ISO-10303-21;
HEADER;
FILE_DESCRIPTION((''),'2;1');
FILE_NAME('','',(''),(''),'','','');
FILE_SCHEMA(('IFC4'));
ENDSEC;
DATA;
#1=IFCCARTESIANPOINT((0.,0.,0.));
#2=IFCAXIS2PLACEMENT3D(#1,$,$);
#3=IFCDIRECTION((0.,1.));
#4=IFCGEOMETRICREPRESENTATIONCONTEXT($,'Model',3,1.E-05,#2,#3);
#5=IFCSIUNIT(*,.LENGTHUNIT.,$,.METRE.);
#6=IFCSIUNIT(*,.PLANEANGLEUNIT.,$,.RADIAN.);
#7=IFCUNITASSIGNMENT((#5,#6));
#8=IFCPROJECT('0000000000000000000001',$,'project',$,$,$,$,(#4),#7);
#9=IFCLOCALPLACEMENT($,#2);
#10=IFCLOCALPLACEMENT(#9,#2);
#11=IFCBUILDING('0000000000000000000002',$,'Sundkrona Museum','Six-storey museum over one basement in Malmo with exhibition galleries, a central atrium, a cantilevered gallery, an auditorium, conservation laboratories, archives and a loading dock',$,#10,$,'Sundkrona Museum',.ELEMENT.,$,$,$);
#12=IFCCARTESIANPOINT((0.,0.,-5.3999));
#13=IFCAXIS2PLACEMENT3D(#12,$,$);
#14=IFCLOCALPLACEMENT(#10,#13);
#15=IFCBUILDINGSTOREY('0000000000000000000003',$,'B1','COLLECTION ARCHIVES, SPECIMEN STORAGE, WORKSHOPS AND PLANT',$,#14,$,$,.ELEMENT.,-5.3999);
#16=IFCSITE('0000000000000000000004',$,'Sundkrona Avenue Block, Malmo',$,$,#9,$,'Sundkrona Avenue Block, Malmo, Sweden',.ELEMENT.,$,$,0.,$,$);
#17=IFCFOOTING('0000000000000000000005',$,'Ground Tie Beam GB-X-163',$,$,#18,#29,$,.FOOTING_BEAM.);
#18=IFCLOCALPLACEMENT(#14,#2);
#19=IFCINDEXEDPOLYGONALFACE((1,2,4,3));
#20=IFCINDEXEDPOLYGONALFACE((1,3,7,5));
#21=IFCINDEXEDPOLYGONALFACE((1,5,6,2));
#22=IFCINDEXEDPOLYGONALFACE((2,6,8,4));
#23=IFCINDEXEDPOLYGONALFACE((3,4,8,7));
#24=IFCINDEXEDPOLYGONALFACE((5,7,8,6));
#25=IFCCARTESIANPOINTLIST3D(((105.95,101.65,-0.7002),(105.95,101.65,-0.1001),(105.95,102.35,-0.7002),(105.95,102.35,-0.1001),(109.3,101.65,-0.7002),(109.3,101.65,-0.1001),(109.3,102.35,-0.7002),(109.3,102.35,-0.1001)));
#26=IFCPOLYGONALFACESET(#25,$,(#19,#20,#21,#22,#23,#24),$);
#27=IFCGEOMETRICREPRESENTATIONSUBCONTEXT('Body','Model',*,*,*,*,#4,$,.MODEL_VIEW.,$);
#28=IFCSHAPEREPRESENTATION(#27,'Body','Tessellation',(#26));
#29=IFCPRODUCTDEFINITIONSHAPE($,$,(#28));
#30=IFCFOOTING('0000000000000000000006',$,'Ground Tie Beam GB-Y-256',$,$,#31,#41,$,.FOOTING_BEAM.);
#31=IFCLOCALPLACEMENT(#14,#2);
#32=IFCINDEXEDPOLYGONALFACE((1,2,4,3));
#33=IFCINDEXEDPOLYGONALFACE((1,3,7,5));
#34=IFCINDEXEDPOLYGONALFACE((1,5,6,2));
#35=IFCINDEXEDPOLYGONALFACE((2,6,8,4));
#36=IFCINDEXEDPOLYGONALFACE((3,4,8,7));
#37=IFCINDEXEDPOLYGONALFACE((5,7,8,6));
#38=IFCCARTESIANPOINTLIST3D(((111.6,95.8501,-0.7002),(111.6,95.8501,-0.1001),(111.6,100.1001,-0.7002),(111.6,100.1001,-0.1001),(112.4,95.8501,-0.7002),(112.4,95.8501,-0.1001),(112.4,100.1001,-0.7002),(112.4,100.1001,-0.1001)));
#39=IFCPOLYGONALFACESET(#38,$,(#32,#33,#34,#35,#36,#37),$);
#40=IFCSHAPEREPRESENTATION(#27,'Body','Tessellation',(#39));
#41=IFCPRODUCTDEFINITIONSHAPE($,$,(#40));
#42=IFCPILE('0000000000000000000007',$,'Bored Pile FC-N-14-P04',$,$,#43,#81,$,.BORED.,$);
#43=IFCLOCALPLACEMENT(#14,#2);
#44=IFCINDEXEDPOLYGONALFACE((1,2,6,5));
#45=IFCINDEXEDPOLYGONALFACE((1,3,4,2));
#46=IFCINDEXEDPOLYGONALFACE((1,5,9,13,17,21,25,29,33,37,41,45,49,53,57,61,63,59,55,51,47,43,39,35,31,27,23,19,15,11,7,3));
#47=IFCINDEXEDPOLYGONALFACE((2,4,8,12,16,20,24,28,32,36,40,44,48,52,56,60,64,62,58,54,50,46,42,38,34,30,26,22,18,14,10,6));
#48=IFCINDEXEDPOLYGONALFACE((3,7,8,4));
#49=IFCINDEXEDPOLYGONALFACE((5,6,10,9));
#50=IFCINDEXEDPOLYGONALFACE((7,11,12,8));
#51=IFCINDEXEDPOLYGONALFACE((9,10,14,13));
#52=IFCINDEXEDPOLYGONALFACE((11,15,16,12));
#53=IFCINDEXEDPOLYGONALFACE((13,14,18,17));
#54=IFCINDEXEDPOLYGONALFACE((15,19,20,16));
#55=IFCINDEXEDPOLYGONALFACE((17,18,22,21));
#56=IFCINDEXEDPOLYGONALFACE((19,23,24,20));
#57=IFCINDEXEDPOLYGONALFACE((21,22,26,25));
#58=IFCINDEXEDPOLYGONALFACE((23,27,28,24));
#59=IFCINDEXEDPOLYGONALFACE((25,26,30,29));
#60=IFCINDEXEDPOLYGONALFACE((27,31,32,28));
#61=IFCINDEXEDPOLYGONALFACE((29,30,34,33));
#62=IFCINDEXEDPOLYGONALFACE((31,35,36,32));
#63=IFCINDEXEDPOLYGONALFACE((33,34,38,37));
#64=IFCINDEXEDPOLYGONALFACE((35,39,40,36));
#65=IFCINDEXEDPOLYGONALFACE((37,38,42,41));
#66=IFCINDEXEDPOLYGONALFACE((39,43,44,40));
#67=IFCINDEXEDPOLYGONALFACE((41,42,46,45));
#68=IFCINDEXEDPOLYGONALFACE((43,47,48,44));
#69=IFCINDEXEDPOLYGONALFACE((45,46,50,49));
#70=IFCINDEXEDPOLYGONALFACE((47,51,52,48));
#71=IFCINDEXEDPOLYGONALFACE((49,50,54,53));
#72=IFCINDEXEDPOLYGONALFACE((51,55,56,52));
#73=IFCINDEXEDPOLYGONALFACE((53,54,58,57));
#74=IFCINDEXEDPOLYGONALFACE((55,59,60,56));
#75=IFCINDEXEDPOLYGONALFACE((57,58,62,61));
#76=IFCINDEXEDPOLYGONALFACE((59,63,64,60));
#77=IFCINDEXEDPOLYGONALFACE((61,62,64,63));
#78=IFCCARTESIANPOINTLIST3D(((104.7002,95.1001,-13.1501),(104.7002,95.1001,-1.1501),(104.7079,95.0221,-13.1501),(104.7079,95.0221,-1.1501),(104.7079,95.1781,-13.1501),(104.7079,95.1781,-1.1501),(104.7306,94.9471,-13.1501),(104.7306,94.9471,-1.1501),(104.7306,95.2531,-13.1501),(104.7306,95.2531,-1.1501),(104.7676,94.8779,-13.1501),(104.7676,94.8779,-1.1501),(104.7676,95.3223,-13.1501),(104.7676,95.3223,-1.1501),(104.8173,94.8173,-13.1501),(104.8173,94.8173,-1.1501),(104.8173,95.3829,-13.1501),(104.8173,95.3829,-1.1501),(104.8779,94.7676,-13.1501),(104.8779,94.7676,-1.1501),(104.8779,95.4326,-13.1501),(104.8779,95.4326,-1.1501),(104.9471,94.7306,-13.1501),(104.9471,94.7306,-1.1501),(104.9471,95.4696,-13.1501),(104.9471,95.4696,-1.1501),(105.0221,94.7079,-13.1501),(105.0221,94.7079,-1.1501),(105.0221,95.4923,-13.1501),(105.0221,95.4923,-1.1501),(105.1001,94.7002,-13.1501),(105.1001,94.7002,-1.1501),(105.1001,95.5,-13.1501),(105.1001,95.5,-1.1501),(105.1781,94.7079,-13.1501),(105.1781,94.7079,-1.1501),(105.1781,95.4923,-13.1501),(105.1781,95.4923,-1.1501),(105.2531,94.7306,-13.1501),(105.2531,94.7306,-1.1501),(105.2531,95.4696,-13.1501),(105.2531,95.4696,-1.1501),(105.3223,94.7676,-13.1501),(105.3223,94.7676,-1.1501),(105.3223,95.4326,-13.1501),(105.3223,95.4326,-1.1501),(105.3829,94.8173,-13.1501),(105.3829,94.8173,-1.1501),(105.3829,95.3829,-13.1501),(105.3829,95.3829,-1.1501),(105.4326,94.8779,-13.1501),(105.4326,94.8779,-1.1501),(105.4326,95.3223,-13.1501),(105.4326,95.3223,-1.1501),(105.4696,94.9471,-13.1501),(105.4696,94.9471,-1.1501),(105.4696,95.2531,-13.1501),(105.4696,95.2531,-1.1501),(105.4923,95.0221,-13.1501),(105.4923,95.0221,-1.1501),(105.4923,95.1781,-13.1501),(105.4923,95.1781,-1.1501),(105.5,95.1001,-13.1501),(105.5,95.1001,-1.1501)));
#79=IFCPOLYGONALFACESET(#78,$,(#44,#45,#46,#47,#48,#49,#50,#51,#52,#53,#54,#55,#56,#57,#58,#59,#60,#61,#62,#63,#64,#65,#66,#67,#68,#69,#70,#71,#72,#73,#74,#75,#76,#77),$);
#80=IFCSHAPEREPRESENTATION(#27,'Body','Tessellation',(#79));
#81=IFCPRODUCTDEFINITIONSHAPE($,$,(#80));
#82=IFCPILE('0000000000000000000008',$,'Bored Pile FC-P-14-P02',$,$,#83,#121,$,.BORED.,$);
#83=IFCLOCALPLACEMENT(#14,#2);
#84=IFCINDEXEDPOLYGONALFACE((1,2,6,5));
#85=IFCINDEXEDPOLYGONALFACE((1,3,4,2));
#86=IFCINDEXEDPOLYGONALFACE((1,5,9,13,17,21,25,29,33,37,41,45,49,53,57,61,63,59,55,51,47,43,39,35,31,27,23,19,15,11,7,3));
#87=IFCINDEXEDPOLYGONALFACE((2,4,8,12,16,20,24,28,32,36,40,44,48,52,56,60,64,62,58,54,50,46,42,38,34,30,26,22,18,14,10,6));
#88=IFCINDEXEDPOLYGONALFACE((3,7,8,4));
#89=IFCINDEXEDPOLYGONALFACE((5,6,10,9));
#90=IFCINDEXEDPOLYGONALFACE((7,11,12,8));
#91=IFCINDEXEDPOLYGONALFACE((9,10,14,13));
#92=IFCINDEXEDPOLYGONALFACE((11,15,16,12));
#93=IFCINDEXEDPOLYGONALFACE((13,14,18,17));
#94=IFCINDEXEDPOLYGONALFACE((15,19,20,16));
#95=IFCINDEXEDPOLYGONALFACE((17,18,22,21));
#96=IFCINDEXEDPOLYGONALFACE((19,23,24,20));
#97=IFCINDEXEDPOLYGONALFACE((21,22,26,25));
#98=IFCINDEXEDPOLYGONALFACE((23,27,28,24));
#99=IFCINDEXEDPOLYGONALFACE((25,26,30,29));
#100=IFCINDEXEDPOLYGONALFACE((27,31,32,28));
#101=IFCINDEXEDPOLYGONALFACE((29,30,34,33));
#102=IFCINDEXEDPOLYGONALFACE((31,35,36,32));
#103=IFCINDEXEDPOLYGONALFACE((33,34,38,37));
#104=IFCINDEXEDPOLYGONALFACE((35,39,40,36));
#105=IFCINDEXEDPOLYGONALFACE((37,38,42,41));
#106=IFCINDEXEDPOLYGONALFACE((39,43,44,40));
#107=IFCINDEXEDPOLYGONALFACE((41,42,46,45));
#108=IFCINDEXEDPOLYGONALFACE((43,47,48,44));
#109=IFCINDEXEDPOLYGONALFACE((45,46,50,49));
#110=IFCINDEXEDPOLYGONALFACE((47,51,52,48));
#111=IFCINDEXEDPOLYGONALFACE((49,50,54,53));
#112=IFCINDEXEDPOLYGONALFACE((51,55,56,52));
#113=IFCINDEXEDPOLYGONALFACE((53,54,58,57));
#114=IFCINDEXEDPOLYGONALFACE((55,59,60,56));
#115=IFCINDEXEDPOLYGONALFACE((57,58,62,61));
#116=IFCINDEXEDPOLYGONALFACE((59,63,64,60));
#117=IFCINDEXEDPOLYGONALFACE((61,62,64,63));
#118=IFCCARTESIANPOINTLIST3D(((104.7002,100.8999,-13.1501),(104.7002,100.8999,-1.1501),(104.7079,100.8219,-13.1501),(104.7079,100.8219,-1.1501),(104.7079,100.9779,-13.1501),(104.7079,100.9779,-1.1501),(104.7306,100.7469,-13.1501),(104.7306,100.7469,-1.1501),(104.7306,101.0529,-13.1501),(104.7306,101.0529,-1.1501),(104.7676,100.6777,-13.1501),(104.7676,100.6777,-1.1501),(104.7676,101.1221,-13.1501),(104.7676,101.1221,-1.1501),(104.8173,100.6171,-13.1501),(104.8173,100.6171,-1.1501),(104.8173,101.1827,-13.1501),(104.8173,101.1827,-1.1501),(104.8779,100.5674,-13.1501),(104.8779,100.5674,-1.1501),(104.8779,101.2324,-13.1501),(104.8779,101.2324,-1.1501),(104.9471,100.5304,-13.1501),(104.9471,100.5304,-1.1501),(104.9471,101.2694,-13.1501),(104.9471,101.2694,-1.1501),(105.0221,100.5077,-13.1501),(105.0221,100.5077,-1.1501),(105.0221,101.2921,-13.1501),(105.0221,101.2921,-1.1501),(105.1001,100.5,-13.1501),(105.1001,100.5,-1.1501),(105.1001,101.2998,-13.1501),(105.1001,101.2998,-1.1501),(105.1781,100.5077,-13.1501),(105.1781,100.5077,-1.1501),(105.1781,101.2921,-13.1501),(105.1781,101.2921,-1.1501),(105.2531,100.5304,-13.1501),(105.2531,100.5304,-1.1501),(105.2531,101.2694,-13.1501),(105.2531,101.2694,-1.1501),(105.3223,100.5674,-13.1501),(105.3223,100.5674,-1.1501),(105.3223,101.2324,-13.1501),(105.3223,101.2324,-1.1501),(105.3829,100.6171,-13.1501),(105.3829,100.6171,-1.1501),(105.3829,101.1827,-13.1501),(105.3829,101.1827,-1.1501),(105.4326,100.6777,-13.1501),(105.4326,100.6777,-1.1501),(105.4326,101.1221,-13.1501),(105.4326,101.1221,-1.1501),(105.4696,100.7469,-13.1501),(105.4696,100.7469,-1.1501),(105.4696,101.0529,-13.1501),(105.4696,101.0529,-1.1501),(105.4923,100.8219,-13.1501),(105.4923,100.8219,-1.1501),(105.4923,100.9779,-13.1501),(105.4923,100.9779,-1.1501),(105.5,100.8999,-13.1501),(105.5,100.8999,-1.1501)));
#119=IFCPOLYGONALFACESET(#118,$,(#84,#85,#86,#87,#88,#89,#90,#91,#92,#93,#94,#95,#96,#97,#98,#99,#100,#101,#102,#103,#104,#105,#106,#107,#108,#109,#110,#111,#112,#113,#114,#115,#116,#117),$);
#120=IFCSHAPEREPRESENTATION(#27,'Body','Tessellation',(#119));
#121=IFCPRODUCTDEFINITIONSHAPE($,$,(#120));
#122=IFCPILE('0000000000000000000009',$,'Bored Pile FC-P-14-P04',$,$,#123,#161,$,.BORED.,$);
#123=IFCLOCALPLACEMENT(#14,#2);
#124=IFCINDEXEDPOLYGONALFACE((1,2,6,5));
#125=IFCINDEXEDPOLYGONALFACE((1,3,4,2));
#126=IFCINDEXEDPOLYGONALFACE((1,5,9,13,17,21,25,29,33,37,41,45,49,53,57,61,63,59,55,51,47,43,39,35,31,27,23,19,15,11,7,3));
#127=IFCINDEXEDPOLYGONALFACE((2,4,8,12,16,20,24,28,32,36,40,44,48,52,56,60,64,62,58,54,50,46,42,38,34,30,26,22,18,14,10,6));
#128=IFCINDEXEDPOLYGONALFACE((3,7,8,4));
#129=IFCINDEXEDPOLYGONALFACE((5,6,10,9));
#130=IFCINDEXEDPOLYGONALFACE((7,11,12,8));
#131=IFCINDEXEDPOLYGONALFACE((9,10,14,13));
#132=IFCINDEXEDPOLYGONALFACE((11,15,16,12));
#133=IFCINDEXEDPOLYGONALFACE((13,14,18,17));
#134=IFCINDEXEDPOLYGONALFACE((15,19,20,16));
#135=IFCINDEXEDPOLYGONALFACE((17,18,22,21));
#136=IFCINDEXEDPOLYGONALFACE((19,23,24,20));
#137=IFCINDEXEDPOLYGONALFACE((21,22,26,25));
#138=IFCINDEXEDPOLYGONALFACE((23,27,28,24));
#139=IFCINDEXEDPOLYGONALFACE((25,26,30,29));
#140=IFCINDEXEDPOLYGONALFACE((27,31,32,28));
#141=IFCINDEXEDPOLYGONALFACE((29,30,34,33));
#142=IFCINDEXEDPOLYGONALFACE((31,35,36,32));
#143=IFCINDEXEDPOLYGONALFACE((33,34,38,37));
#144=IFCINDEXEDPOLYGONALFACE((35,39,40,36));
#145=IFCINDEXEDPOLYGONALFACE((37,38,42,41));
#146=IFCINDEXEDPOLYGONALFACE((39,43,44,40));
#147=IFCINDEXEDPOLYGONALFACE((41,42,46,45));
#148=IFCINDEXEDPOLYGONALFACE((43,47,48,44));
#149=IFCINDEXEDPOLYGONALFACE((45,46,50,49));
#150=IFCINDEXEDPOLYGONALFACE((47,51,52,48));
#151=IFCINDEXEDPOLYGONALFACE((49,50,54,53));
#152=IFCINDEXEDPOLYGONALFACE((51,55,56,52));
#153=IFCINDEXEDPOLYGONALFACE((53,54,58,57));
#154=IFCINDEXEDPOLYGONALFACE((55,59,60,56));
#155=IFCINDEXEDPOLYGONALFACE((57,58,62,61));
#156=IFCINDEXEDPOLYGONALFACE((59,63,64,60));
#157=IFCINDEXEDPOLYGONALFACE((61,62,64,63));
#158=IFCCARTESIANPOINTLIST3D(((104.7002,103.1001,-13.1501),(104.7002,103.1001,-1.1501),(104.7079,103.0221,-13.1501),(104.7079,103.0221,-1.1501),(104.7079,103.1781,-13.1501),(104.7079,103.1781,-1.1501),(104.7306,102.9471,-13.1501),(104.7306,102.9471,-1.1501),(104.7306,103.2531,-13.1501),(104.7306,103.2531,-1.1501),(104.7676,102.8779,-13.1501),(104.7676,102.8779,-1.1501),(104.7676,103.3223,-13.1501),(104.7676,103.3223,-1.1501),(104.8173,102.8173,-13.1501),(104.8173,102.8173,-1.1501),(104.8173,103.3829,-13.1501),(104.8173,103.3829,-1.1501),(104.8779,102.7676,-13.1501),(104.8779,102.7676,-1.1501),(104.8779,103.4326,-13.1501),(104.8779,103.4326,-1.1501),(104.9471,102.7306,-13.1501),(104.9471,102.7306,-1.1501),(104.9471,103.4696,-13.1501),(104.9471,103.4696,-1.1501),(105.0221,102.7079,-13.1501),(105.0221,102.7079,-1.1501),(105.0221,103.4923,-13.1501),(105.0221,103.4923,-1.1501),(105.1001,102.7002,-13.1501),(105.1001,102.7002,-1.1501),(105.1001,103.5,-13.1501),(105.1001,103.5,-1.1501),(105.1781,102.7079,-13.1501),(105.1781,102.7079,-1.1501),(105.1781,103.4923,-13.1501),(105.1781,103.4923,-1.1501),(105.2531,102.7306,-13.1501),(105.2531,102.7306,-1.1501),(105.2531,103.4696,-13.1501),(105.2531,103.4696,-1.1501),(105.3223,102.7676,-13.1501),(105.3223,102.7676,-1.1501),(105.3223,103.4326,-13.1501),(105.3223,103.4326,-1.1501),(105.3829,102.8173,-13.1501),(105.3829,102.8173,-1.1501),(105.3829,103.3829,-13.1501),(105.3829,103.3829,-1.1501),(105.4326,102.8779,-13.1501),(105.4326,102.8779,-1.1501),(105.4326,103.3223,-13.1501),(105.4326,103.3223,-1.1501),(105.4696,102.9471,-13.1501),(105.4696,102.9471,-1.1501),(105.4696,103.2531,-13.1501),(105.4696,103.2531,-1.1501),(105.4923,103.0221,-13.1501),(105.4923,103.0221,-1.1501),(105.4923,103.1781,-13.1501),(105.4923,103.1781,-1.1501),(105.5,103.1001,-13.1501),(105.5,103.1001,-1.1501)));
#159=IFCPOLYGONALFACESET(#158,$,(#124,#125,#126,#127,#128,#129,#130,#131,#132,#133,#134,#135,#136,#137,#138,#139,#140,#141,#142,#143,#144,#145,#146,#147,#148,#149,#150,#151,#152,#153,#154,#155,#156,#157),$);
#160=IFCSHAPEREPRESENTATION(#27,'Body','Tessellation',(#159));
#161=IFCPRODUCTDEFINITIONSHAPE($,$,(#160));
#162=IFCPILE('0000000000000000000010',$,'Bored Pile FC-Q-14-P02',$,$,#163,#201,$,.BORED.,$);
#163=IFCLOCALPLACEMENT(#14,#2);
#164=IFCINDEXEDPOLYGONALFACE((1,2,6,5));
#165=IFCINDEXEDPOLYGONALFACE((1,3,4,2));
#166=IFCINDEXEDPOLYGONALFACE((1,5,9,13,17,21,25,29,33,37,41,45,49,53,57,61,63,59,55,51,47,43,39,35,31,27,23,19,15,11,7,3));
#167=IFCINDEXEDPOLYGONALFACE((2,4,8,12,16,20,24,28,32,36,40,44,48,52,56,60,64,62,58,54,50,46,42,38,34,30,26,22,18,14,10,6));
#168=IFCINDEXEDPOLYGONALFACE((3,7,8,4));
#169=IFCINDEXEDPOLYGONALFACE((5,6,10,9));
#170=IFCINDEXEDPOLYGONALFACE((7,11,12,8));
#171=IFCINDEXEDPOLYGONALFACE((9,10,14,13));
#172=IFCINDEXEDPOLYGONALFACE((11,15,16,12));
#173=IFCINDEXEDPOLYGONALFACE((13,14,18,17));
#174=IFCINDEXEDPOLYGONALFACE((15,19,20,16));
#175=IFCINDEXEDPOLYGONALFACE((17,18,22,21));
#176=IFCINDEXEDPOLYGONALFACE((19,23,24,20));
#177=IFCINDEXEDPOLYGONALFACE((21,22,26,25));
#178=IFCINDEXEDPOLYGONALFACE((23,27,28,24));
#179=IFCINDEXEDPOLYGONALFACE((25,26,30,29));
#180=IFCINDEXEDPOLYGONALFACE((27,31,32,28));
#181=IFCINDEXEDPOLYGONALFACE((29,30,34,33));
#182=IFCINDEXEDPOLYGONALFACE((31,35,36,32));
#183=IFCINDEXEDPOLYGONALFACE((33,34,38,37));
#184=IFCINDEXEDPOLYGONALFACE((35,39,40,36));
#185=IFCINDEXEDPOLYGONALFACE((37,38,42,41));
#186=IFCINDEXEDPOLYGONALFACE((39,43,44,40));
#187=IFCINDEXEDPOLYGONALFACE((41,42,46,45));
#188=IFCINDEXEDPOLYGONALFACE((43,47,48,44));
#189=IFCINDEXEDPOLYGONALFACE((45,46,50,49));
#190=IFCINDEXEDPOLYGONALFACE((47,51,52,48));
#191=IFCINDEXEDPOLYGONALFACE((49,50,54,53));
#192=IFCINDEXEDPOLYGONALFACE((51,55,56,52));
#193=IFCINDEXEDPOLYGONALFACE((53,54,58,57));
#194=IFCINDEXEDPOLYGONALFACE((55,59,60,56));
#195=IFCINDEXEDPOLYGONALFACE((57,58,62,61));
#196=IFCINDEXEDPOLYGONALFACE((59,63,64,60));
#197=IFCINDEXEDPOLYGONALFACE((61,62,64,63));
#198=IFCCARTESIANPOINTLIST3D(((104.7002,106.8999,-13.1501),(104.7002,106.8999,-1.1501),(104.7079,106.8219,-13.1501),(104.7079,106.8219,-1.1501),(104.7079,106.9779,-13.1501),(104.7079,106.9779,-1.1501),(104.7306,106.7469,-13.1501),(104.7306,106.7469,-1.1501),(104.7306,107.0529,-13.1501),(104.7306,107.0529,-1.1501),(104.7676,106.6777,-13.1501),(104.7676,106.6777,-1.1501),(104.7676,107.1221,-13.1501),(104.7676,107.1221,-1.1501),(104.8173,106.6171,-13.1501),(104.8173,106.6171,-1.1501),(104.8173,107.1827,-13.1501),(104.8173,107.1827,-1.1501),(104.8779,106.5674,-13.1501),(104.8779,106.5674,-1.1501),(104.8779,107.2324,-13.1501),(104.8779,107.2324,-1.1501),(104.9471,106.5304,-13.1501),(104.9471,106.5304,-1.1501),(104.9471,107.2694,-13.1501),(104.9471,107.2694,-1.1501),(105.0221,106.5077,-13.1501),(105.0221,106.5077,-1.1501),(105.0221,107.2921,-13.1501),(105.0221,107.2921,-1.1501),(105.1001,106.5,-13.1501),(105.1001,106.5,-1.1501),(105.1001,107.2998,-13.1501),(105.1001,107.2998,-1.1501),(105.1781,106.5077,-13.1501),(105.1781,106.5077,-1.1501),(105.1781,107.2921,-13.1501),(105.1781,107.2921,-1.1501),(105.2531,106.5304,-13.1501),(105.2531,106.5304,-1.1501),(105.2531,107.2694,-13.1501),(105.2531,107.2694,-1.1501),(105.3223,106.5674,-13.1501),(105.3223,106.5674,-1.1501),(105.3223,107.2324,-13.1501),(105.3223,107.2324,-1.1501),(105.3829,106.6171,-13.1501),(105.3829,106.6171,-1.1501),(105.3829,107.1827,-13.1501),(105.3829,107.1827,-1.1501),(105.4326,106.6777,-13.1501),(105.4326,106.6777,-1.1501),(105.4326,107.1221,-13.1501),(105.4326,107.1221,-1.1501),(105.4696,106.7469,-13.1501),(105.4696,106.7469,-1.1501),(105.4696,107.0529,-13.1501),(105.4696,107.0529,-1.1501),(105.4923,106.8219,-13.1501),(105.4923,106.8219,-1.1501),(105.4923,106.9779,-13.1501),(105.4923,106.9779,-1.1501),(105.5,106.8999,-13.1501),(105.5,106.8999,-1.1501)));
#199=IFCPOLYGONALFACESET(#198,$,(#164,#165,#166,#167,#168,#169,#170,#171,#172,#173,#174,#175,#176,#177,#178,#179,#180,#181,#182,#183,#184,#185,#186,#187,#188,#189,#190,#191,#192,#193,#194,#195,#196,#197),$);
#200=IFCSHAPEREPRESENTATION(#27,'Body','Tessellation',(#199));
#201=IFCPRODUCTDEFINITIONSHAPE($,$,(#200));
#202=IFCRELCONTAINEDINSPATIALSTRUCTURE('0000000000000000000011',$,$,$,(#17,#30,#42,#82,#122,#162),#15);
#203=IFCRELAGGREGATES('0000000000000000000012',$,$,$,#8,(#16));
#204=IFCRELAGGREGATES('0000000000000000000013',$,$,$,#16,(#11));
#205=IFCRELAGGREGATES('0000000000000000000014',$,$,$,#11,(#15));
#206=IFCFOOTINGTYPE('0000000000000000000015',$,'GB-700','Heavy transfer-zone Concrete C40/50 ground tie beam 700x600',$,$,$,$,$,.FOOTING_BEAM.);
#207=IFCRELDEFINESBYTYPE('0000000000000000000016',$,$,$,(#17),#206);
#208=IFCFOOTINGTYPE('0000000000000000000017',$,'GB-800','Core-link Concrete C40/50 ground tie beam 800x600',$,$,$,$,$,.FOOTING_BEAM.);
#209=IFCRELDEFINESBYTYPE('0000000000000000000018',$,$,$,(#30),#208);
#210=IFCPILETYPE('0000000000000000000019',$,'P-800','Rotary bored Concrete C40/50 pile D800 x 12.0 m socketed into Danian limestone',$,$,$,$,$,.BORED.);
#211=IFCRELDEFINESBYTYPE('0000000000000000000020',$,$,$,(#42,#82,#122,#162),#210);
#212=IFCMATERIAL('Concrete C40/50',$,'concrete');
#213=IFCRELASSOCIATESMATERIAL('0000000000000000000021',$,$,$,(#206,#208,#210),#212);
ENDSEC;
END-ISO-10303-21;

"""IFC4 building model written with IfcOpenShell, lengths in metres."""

from ifc_helpers import new_model, si_unit, direction, frame, origin, origin_2d, place, context, subcontext, project, spatial, rectangle, circle, extrude, material, material_profile, profile_set, type_object, element, save


model = new_model("IFC4")

# Units and contexts
model_context = context("Model", 3, precision=1e-05, world=origin(), true_north=direction((0.0, 1.0)))
body_context = subcontext(model_context, "Body", "Model", "MODEL_VIEW")
ifc_project = project(units=[si_unit("LENGTHUNIT", "METRE"), si_unit("PLANEANGLEUNIT", "RADIAN")], contexts=[model_context])

# Site, building, storey
site_placement = place(None, origin())
site = spatial("IfcSite", under=ifc_project, at=site_placement, Name="Sundkrona Avenue Block, Malmo", LongName="Sundkrona Avenue Block, Malmo, Sweden", CompositionType="ELEMENT", RefElevation=0.0)
building_placement = place(site_placement, origin())
building = spatial("IfcBuilding", under=site, at=building_placement, Name="Sundkrona Museum", Description="Six-storey museum over one basement in Malmo with exhibition galleries, a central atrium, a cantilevered gallery, an auditorium, conservation laboratories, archives and a loading dock", LongName="Sundkrona Museum", CompositionType="ELEMENT")
storey_placement = place(building_placement, frame((0.0, 0.0, -5.3999)))
storey = spatial("IfcBuildingStorey", under=building, at=storey_placement, Name="B1", Description="COLLECTION ARCHIVES, SPECIMEN STORAGE, WORKSHOPS AND PLANT", CompositionType="ELEMENT", Elevation=-5.3999)

# Footings
ifc_material_1 = material(Name="Concrete C40/50", Category="concrete")
footing_type_1 = type_object("IfcFootingType", Name="GB-700", Description="Heavy transfer-zone Concrete C40/50 ground tie beam 700x600", PredefinedType="FOOTING_BEAM", material=ifc_material_1)
footing_1_placement = place(storey_placement, frame((107.625, 102.0, -0.7002), z_axis=(0.0, 0.0, 1.0), x_axis=(1.0, 0.0, 0.0)))
element("IfcFooting", 1, at=footing_1_placement, inside=storey, type_object=footing_type_1, Name="Ground Tie Beam GB-X-163", PredefinedType="FOOTING_BEAM", context=body_context, shape_type="SweptSolid", body=[
    extrude(rectangle(XDim=3.3501, YDim=0.7, at=origin_2d()), origin(), (0.0, 0.0, 1.0), 0.6001),
])
footing_type_2 = type_object("IfcFootingType", Name="GB-800", Description="Core-link Concrete C40/50 ground tie beam 800x600", PredefinedType="FOOTING_BEAM", material=ifc_material_1)
footing_2_placement = place(storey_placement, frame((112.0, 97.9751, -0.7002), z_axis=(0.0, 0.0, 1.0), x_axis=(0.0, 1.0, 0.0)))
element("IfcFooting", 2, at=footing_2_placement, inside=storey, type_object=footing_type_2, Name="Ground Tie Beam GB-Y-256", PredefinedType="FOOTING_BEAM", context=body_context, shape_type="SweptSolid", body=[
    extrude(rectangle(XDim=4.25, YDim=0.8, at=origin_2d()), origin(), (0.0, 0.0, 1.0), 0.6001),
])

# Piles
ifc_material_profile_1 = material_profile(ifc_material_1, circle(Radius=0.3999, at=origin_2d()), Name="PILE D800")
ifc_profile_set_1 = profile_set([ifc_material_profile_1], Name="Concrete C40/50")
pile_type = type_object("IfcPileType", Name="P-800", Description="Rotary bored Concrete C40/50 pile D800 x 12.0 m socketed into Danian limestone", PredefinedType="BORED", material=ifc_profile_set_1)
for number, where, z_axis, x_axis, name in (
    (3, (105.1001, 95.1001, -1.1501), (0.0, 0.0, -1.0), (1.0, 0.0, 0.0), "Bored Pile FC-N-14-P04"),
    (4, (105.1001, 100.8999, -1.1501), (0.0, 0.0, -1.0), (1.0, 0.0, 0.0), "Bored Pile FC-P-14-P02"),
    (5, (105.1001, 103.1001, -1.1501), (0.0, 0.0, -1.0), (1.0, 0.0, 0.0), "Bored Pile FC-P-14-P04"),
    (6, (105.1001, 106.8999, -1.1501), (0.0, 0.0, -1.0), (1.0, 0.0, 0.0), "Bored Pile FC-Q-14-P02"),
):
    element("IfcPile", number, at=place(storey_placement, frame(where, z_axis=z_axis, x_axis=x_axis)), inside=storey, type_object=pile_type, Name=name, PredefinedType="BORED", context=body_context, shape_type="SweptSolid", body=[
        extrude(circle(Radius=0.3999, at=origin_2d()), origin(), (0.0, 0.0, 1.0), 12.0),
    ])

save(model, "model.ifc")
